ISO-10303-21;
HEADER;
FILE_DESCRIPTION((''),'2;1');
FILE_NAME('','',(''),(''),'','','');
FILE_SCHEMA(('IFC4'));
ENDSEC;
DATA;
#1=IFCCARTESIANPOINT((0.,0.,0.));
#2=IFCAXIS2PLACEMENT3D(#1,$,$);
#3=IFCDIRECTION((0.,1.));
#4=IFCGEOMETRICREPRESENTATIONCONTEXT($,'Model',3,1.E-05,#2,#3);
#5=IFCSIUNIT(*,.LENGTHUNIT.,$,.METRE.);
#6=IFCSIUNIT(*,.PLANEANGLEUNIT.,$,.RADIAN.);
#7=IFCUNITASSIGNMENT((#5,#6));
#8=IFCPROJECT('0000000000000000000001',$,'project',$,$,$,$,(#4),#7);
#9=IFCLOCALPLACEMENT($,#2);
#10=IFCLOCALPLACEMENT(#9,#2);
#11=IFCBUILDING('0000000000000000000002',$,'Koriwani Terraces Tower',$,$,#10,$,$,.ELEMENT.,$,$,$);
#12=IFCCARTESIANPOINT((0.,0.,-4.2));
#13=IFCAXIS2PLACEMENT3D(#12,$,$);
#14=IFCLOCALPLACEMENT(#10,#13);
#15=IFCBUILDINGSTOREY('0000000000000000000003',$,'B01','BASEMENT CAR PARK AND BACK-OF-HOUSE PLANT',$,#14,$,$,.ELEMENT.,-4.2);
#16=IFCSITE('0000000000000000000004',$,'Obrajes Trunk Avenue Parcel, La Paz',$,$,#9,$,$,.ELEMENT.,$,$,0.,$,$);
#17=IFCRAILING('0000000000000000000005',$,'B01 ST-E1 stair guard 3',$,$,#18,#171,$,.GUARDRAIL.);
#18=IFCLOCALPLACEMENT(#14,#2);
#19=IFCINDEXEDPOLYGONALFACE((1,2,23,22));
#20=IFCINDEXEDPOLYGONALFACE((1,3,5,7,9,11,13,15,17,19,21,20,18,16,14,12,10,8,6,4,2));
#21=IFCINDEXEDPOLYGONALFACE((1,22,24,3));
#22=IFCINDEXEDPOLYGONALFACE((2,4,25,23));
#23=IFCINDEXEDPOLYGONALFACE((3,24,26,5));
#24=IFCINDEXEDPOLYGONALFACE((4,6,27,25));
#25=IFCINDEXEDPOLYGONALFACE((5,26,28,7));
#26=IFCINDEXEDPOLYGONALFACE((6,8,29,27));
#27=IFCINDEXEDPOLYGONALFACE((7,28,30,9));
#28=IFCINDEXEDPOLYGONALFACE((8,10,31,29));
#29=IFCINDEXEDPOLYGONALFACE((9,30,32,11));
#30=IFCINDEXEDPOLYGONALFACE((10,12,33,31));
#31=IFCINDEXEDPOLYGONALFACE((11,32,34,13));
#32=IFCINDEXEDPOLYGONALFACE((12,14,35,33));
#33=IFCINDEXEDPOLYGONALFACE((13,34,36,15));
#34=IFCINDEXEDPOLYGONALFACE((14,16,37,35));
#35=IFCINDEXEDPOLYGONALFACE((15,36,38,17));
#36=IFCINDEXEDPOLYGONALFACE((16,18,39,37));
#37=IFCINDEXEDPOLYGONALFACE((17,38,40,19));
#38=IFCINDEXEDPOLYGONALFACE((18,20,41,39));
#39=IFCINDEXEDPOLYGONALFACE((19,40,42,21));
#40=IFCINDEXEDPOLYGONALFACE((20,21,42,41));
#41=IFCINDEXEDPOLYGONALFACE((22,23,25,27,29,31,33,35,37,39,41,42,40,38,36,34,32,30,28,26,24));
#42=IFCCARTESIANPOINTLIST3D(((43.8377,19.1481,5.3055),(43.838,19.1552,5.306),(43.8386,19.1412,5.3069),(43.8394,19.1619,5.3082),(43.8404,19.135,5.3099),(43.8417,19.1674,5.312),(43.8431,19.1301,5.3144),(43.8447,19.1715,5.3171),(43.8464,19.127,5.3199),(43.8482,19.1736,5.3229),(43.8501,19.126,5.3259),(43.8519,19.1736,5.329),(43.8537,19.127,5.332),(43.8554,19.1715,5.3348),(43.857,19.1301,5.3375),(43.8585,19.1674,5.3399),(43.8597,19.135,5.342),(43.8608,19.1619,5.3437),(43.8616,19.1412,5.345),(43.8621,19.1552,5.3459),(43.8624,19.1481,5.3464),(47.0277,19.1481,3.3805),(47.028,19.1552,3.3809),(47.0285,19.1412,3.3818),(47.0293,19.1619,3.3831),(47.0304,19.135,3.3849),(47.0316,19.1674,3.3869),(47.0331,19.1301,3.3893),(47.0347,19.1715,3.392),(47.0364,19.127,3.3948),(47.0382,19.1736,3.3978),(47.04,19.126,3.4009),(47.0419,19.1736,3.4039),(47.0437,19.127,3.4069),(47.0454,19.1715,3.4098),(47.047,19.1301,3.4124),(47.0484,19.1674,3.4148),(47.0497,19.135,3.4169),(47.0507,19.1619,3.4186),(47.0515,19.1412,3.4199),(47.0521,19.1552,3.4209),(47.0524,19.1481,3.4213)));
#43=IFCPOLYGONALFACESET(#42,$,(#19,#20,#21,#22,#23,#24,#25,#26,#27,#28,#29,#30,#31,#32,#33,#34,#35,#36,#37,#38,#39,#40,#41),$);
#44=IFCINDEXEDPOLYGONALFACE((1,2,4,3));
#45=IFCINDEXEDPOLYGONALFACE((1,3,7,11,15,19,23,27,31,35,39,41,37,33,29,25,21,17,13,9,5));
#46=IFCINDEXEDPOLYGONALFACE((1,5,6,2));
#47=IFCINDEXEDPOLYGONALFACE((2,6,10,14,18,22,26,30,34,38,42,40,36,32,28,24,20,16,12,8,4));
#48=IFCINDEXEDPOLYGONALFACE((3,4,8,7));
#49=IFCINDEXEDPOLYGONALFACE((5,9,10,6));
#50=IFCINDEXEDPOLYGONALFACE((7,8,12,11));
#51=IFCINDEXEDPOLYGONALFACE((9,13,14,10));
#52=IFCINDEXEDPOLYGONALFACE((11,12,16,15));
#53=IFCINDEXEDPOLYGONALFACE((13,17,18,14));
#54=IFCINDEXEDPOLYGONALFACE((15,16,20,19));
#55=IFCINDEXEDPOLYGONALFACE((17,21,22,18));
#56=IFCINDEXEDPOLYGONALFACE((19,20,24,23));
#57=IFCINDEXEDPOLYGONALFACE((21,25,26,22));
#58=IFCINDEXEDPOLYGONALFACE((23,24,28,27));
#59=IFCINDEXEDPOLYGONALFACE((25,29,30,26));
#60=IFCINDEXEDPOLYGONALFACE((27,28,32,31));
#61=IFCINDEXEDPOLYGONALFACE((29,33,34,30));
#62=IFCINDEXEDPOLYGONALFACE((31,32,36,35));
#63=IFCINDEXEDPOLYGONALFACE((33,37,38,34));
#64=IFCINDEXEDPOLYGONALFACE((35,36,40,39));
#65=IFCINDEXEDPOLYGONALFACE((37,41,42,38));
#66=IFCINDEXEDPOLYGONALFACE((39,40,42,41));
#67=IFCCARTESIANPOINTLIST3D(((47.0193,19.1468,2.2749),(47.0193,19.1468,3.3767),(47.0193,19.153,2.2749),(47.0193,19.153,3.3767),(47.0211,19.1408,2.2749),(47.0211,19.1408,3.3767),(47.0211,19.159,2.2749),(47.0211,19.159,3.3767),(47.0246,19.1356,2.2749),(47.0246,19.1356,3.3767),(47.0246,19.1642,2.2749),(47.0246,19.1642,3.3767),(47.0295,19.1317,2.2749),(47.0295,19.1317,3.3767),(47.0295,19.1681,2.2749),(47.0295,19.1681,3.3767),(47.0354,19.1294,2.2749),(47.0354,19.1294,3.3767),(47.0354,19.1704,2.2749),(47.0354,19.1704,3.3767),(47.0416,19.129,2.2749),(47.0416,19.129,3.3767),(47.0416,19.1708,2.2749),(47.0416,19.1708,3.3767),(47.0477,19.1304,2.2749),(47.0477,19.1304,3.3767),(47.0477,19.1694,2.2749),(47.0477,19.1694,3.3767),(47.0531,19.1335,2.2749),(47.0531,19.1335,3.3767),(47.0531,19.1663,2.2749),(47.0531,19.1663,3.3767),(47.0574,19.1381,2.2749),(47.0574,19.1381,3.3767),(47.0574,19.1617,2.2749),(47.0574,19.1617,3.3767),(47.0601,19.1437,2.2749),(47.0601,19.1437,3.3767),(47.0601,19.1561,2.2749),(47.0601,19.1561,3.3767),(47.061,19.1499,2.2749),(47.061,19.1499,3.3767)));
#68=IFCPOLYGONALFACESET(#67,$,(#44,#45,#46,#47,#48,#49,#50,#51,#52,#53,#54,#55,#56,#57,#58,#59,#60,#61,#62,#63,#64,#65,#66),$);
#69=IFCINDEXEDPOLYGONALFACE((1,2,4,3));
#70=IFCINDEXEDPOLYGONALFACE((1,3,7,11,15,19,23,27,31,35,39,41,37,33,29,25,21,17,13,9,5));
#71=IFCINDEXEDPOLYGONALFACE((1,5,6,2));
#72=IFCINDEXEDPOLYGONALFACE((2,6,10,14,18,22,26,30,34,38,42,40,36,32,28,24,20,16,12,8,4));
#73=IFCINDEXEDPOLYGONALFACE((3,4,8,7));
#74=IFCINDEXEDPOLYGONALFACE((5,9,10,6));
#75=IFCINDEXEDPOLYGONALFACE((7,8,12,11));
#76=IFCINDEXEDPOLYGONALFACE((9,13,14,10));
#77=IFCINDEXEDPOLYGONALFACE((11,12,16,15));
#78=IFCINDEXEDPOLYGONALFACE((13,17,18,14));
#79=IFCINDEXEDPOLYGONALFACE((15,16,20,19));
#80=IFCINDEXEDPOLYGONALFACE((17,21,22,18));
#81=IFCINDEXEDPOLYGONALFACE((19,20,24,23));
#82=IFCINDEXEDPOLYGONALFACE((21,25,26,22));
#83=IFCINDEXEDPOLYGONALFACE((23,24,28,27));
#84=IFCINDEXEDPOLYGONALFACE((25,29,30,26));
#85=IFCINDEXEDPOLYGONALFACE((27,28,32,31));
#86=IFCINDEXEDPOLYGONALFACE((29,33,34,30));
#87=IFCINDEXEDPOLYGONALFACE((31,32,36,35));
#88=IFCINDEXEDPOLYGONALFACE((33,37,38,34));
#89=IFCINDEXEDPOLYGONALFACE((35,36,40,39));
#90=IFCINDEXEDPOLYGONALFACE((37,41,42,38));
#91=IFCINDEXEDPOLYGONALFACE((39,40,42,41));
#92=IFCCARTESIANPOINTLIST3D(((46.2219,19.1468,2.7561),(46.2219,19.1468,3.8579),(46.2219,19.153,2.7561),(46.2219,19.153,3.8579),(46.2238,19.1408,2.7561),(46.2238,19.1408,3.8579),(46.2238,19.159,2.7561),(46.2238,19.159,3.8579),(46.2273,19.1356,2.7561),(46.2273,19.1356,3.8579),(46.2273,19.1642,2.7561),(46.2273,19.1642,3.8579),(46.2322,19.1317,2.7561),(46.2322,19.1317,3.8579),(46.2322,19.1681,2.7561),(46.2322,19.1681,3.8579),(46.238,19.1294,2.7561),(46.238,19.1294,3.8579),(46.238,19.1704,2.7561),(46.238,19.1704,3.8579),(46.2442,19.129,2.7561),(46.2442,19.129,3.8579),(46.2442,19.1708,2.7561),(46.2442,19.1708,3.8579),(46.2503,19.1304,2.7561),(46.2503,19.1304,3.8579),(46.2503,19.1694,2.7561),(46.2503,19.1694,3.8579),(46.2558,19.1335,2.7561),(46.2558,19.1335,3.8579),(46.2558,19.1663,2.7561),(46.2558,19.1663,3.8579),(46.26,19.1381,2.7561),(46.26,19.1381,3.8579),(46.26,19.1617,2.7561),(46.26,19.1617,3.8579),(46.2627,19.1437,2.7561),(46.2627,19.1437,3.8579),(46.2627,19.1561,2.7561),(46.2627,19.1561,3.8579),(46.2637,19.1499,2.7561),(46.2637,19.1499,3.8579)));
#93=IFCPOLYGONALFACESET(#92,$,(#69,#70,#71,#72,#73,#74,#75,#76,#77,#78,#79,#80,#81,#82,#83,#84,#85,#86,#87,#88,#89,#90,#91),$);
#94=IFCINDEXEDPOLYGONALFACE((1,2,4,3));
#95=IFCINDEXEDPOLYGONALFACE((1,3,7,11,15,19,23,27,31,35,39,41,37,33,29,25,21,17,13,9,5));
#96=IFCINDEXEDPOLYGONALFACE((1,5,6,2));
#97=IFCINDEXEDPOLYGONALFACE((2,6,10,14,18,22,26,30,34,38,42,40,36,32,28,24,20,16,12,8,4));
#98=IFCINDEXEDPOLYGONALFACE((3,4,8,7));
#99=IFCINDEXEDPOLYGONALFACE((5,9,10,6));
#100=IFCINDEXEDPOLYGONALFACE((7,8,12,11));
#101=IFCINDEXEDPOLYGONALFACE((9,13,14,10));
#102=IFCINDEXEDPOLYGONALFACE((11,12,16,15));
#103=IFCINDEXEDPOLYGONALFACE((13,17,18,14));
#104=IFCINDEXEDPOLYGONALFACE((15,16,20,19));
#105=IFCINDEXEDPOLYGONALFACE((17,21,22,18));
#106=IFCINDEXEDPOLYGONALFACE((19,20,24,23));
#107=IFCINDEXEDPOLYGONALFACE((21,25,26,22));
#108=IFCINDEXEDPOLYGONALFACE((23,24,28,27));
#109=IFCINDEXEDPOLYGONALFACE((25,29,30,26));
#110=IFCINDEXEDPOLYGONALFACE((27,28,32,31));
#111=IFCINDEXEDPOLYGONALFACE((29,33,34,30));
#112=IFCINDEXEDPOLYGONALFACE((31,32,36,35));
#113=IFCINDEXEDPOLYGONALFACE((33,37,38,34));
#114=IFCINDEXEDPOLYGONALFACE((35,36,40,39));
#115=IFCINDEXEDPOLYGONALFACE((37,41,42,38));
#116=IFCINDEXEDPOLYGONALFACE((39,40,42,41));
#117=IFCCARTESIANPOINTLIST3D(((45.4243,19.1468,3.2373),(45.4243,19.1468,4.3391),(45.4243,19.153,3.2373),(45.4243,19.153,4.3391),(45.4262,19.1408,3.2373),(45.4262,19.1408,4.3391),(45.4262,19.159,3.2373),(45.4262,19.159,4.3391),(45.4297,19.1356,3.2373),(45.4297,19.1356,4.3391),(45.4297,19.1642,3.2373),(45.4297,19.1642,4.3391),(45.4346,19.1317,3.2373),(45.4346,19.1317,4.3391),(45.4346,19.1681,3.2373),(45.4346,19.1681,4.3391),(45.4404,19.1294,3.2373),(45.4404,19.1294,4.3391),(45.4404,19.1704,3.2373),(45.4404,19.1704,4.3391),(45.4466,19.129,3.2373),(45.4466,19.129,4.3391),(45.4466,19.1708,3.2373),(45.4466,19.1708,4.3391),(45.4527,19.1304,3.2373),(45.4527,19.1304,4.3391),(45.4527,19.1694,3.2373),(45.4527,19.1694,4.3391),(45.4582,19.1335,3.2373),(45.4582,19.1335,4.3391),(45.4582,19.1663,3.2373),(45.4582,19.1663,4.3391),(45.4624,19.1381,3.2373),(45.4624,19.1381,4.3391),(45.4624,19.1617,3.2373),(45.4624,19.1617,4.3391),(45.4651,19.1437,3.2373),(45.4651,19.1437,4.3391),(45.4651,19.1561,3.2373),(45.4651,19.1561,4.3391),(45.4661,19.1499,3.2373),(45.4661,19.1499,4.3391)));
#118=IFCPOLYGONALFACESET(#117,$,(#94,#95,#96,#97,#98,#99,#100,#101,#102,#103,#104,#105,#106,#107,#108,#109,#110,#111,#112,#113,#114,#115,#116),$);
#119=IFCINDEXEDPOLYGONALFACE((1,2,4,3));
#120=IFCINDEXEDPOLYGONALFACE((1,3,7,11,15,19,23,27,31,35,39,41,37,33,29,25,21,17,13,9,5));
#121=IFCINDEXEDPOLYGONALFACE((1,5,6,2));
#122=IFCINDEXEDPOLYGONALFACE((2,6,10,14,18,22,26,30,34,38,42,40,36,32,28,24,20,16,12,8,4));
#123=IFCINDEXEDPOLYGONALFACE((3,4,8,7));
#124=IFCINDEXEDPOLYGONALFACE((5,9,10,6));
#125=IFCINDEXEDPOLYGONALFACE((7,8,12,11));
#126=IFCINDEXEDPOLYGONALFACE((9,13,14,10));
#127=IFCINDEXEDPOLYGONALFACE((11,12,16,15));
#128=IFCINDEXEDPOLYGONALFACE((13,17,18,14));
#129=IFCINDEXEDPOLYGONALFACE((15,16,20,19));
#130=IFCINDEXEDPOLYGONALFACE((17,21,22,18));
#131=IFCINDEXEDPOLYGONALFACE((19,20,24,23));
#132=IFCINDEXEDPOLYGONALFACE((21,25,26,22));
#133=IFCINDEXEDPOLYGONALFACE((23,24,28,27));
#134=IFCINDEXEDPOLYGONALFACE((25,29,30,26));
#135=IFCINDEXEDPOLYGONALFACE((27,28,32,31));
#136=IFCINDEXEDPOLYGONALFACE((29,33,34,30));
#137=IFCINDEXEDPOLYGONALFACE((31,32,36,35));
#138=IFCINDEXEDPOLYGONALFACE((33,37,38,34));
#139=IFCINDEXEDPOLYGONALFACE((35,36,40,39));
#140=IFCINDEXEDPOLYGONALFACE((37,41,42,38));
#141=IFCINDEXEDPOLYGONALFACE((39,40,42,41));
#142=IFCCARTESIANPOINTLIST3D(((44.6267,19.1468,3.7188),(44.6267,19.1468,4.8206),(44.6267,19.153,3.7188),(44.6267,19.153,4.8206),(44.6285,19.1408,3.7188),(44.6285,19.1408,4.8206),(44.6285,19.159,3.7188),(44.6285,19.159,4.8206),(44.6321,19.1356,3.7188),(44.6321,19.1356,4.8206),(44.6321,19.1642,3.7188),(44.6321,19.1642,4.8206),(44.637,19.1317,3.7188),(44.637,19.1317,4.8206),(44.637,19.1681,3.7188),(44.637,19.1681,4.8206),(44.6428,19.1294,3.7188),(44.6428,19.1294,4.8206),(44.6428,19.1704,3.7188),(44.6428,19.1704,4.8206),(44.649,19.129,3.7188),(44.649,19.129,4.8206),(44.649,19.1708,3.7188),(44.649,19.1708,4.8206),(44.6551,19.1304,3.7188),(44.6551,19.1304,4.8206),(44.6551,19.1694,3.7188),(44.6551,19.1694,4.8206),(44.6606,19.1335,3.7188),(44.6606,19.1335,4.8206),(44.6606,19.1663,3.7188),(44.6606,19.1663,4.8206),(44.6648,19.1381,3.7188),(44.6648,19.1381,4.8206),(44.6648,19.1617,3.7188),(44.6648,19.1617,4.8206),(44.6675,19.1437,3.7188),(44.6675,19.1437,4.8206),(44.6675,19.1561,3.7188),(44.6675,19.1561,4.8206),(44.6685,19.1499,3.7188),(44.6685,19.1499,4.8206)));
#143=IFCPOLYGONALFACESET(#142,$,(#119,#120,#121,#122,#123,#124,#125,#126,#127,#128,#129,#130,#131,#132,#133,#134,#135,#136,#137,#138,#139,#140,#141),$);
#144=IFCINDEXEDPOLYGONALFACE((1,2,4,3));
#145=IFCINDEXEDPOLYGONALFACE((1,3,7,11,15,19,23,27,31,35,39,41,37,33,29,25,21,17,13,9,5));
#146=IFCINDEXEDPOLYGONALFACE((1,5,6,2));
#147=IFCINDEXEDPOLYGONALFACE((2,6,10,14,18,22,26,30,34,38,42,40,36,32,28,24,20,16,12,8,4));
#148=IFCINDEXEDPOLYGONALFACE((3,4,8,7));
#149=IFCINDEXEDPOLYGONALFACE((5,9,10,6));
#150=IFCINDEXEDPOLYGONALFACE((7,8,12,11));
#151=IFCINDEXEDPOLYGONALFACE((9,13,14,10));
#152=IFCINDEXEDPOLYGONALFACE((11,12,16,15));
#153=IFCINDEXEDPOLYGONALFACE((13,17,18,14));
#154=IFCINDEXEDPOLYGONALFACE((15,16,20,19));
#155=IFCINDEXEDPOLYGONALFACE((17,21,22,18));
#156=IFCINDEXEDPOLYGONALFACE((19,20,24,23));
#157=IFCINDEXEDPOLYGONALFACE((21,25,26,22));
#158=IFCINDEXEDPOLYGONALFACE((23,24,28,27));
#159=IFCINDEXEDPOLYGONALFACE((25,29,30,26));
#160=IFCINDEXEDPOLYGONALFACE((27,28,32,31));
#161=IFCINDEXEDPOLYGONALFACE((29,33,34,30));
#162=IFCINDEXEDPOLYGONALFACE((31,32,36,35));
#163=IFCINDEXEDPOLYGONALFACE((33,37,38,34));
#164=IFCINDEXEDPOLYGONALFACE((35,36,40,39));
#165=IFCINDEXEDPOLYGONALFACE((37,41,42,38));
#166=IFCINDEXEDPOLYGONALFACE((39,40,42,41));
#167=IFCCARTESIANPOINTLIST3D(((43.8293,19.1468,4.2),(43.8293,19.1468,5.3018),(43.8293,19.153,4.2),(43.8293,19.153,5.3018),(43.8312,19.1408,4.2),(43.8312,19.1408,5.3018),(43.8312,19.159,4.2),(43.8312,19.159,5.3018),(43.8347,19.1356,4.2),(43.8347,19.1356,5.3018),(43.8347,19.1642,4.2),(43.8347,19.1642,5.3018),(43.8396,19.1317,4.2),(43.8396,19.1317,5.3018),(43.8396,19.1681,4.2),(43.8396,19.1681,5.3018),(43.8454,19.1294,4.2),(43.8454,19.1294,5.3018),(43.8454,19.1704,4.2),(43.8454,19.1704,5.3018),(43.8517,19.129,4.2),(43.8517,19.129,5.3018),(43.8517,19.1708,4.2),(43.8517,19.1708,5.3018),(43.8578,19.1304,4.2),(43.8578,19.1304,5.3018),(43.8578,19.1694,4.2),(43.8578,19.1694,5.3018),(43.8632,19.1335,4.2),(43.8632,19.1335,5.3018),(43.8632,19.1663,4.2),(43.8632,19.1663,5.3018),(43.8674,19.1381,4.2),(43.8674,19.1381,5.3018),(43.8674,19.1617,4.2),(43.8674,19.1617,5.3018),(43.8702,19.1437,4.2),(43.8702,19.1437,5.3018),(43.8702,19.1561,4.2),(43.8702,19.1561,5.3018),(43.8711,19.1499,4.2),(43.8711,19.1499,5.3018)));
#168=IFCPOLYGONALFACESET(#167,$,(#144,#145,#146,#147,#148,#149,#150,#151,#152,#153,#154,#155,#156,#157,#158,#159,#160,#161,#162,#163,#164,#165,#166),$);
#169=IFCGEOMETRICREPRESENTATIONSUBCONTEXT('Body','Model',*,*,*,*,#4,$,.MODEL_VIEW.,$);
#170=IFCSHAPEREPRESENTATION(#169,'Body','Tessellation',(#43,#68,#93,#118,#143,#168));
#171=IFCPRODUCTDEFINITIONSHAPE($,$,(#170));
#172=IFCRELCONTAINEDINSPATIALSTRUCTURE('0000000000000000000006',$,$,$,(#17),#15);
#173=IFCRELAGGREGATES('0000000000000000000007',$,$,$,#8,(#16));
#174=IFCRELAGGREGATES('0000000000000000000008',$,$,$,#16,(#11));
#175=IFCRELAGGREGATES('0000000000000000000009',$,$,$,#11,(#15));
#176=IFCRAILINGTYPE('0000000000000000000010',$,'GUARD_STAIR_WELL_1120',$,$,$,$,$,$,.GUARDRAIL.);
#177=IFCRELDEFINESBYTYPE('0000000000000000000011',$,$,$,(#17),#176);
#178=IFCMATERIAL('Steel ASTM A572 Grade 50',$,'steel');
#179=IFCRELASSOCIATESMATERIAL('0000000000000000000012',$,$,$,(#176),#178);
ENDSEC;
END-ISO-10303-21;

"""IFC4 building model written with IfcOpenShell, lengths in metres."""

from ifc_helpers import new_model, si_unit, direction, frame, origin, origin_2d, place, context, subcontext, project, spatial, circle, extrude, material, type_object, element, save


model = new_model("IFC4")

# Units and contexts
model_context = context("Model", 3, precision=1e-05, world=origin(), true_north=direction((0.0, 1.0)))
body_context = subcontext(model_context, "Body", "Model", "MODEL_VIEW")
ifc_project = project(units=[si_unit("LENGTHUNIT", "METRE"), si_unit("PLANEANGLEUNIT", "RADIAN")], contexts=[model_context])

# Site, building, storey
site_placement = place(None, origin())
site = spatial("IfcSite", under=ifc_project, at=site_placement, Name="Obrajes Trunk Avenue Parcel, La Paz", CompositionType="ELEMENT", RefElevation=0.0)
building_placement = place(site_placement, origin())
building = spatial("IfcBuilding", under=site, at=building_placement, Name="Koriwani Terraces Tower", CompositionType="ELEMENT")
storey_placement = place(building_placement, frame((0.0, 0.0, -4.2)))
storey = spatial("IfcBuildingStorey", under=building, at=storey_placement, Name="B01", Description="BASEMENT CAR PARK AND BACK-OF-HOUSE PLANT", CompositionType="ELEMENT", Elevation=-4.2)

# Shared definitions
ifc_material_1 = material(Name="Steel ASTM A572 Grade 50", Category="steel")

# Railing
railing_type_1 = type_object("IfcRailingType", Name="GUARD_STAIR_WELL_1120", PredefinedType="GUARDRAIL", material=ifc_material_1)
railing_1_placement = place(storey_placement, frame((47.04, 19.1499, 2.2749)))
element("IfcRailing", 1, at=railing_1_placement, inside=storey, type_object=railing_type_1, Name="B01 ST-E1 stair guard 3", PredefinedType="GUARDRAIL", context=body_context, shape_type="SweptSolid", body=[
    extrude(circle(Radius=0.0239, at=origin_2d()), frame((0.0, 0.0, 1.126), z_axis=(-0.856178, 0.0, 0.516682), x_axis=(0.0, -1.0, 0.0)), (0.0, 0.0, 1.0), 3.7258),
    extrude(circle(Radius=0.021, at=origin_2d()), origin(), (0.0, 0.0, 1.0), 1.1018),
    extrude(circle(Radius=0.021, at=origin_2d()), frame((-0.7974, 0.0, 0.4812)), (0.0, 0.0, 1.0), 1.1018),
    extrude(circle(Radius=0.021, at=origin_2d()), frame((-1.595, 0.0, 0.9624)), (0.0, 0.0, 1.0), 1.1018),
    extrude(circle(Radius=0.021, at=origin_2d()), frame((-2.3926, 0.0, 1.4438)), (0.0, 0.0, 1.0), 1.1018),
    extrude(circle(Radius=0.021, at=origin_2d()), frame((-3.1899, 0.0, 1.925)), (0.0, 0.0, 1.0), 1.1018),
])

save(model, "model.ifc")
